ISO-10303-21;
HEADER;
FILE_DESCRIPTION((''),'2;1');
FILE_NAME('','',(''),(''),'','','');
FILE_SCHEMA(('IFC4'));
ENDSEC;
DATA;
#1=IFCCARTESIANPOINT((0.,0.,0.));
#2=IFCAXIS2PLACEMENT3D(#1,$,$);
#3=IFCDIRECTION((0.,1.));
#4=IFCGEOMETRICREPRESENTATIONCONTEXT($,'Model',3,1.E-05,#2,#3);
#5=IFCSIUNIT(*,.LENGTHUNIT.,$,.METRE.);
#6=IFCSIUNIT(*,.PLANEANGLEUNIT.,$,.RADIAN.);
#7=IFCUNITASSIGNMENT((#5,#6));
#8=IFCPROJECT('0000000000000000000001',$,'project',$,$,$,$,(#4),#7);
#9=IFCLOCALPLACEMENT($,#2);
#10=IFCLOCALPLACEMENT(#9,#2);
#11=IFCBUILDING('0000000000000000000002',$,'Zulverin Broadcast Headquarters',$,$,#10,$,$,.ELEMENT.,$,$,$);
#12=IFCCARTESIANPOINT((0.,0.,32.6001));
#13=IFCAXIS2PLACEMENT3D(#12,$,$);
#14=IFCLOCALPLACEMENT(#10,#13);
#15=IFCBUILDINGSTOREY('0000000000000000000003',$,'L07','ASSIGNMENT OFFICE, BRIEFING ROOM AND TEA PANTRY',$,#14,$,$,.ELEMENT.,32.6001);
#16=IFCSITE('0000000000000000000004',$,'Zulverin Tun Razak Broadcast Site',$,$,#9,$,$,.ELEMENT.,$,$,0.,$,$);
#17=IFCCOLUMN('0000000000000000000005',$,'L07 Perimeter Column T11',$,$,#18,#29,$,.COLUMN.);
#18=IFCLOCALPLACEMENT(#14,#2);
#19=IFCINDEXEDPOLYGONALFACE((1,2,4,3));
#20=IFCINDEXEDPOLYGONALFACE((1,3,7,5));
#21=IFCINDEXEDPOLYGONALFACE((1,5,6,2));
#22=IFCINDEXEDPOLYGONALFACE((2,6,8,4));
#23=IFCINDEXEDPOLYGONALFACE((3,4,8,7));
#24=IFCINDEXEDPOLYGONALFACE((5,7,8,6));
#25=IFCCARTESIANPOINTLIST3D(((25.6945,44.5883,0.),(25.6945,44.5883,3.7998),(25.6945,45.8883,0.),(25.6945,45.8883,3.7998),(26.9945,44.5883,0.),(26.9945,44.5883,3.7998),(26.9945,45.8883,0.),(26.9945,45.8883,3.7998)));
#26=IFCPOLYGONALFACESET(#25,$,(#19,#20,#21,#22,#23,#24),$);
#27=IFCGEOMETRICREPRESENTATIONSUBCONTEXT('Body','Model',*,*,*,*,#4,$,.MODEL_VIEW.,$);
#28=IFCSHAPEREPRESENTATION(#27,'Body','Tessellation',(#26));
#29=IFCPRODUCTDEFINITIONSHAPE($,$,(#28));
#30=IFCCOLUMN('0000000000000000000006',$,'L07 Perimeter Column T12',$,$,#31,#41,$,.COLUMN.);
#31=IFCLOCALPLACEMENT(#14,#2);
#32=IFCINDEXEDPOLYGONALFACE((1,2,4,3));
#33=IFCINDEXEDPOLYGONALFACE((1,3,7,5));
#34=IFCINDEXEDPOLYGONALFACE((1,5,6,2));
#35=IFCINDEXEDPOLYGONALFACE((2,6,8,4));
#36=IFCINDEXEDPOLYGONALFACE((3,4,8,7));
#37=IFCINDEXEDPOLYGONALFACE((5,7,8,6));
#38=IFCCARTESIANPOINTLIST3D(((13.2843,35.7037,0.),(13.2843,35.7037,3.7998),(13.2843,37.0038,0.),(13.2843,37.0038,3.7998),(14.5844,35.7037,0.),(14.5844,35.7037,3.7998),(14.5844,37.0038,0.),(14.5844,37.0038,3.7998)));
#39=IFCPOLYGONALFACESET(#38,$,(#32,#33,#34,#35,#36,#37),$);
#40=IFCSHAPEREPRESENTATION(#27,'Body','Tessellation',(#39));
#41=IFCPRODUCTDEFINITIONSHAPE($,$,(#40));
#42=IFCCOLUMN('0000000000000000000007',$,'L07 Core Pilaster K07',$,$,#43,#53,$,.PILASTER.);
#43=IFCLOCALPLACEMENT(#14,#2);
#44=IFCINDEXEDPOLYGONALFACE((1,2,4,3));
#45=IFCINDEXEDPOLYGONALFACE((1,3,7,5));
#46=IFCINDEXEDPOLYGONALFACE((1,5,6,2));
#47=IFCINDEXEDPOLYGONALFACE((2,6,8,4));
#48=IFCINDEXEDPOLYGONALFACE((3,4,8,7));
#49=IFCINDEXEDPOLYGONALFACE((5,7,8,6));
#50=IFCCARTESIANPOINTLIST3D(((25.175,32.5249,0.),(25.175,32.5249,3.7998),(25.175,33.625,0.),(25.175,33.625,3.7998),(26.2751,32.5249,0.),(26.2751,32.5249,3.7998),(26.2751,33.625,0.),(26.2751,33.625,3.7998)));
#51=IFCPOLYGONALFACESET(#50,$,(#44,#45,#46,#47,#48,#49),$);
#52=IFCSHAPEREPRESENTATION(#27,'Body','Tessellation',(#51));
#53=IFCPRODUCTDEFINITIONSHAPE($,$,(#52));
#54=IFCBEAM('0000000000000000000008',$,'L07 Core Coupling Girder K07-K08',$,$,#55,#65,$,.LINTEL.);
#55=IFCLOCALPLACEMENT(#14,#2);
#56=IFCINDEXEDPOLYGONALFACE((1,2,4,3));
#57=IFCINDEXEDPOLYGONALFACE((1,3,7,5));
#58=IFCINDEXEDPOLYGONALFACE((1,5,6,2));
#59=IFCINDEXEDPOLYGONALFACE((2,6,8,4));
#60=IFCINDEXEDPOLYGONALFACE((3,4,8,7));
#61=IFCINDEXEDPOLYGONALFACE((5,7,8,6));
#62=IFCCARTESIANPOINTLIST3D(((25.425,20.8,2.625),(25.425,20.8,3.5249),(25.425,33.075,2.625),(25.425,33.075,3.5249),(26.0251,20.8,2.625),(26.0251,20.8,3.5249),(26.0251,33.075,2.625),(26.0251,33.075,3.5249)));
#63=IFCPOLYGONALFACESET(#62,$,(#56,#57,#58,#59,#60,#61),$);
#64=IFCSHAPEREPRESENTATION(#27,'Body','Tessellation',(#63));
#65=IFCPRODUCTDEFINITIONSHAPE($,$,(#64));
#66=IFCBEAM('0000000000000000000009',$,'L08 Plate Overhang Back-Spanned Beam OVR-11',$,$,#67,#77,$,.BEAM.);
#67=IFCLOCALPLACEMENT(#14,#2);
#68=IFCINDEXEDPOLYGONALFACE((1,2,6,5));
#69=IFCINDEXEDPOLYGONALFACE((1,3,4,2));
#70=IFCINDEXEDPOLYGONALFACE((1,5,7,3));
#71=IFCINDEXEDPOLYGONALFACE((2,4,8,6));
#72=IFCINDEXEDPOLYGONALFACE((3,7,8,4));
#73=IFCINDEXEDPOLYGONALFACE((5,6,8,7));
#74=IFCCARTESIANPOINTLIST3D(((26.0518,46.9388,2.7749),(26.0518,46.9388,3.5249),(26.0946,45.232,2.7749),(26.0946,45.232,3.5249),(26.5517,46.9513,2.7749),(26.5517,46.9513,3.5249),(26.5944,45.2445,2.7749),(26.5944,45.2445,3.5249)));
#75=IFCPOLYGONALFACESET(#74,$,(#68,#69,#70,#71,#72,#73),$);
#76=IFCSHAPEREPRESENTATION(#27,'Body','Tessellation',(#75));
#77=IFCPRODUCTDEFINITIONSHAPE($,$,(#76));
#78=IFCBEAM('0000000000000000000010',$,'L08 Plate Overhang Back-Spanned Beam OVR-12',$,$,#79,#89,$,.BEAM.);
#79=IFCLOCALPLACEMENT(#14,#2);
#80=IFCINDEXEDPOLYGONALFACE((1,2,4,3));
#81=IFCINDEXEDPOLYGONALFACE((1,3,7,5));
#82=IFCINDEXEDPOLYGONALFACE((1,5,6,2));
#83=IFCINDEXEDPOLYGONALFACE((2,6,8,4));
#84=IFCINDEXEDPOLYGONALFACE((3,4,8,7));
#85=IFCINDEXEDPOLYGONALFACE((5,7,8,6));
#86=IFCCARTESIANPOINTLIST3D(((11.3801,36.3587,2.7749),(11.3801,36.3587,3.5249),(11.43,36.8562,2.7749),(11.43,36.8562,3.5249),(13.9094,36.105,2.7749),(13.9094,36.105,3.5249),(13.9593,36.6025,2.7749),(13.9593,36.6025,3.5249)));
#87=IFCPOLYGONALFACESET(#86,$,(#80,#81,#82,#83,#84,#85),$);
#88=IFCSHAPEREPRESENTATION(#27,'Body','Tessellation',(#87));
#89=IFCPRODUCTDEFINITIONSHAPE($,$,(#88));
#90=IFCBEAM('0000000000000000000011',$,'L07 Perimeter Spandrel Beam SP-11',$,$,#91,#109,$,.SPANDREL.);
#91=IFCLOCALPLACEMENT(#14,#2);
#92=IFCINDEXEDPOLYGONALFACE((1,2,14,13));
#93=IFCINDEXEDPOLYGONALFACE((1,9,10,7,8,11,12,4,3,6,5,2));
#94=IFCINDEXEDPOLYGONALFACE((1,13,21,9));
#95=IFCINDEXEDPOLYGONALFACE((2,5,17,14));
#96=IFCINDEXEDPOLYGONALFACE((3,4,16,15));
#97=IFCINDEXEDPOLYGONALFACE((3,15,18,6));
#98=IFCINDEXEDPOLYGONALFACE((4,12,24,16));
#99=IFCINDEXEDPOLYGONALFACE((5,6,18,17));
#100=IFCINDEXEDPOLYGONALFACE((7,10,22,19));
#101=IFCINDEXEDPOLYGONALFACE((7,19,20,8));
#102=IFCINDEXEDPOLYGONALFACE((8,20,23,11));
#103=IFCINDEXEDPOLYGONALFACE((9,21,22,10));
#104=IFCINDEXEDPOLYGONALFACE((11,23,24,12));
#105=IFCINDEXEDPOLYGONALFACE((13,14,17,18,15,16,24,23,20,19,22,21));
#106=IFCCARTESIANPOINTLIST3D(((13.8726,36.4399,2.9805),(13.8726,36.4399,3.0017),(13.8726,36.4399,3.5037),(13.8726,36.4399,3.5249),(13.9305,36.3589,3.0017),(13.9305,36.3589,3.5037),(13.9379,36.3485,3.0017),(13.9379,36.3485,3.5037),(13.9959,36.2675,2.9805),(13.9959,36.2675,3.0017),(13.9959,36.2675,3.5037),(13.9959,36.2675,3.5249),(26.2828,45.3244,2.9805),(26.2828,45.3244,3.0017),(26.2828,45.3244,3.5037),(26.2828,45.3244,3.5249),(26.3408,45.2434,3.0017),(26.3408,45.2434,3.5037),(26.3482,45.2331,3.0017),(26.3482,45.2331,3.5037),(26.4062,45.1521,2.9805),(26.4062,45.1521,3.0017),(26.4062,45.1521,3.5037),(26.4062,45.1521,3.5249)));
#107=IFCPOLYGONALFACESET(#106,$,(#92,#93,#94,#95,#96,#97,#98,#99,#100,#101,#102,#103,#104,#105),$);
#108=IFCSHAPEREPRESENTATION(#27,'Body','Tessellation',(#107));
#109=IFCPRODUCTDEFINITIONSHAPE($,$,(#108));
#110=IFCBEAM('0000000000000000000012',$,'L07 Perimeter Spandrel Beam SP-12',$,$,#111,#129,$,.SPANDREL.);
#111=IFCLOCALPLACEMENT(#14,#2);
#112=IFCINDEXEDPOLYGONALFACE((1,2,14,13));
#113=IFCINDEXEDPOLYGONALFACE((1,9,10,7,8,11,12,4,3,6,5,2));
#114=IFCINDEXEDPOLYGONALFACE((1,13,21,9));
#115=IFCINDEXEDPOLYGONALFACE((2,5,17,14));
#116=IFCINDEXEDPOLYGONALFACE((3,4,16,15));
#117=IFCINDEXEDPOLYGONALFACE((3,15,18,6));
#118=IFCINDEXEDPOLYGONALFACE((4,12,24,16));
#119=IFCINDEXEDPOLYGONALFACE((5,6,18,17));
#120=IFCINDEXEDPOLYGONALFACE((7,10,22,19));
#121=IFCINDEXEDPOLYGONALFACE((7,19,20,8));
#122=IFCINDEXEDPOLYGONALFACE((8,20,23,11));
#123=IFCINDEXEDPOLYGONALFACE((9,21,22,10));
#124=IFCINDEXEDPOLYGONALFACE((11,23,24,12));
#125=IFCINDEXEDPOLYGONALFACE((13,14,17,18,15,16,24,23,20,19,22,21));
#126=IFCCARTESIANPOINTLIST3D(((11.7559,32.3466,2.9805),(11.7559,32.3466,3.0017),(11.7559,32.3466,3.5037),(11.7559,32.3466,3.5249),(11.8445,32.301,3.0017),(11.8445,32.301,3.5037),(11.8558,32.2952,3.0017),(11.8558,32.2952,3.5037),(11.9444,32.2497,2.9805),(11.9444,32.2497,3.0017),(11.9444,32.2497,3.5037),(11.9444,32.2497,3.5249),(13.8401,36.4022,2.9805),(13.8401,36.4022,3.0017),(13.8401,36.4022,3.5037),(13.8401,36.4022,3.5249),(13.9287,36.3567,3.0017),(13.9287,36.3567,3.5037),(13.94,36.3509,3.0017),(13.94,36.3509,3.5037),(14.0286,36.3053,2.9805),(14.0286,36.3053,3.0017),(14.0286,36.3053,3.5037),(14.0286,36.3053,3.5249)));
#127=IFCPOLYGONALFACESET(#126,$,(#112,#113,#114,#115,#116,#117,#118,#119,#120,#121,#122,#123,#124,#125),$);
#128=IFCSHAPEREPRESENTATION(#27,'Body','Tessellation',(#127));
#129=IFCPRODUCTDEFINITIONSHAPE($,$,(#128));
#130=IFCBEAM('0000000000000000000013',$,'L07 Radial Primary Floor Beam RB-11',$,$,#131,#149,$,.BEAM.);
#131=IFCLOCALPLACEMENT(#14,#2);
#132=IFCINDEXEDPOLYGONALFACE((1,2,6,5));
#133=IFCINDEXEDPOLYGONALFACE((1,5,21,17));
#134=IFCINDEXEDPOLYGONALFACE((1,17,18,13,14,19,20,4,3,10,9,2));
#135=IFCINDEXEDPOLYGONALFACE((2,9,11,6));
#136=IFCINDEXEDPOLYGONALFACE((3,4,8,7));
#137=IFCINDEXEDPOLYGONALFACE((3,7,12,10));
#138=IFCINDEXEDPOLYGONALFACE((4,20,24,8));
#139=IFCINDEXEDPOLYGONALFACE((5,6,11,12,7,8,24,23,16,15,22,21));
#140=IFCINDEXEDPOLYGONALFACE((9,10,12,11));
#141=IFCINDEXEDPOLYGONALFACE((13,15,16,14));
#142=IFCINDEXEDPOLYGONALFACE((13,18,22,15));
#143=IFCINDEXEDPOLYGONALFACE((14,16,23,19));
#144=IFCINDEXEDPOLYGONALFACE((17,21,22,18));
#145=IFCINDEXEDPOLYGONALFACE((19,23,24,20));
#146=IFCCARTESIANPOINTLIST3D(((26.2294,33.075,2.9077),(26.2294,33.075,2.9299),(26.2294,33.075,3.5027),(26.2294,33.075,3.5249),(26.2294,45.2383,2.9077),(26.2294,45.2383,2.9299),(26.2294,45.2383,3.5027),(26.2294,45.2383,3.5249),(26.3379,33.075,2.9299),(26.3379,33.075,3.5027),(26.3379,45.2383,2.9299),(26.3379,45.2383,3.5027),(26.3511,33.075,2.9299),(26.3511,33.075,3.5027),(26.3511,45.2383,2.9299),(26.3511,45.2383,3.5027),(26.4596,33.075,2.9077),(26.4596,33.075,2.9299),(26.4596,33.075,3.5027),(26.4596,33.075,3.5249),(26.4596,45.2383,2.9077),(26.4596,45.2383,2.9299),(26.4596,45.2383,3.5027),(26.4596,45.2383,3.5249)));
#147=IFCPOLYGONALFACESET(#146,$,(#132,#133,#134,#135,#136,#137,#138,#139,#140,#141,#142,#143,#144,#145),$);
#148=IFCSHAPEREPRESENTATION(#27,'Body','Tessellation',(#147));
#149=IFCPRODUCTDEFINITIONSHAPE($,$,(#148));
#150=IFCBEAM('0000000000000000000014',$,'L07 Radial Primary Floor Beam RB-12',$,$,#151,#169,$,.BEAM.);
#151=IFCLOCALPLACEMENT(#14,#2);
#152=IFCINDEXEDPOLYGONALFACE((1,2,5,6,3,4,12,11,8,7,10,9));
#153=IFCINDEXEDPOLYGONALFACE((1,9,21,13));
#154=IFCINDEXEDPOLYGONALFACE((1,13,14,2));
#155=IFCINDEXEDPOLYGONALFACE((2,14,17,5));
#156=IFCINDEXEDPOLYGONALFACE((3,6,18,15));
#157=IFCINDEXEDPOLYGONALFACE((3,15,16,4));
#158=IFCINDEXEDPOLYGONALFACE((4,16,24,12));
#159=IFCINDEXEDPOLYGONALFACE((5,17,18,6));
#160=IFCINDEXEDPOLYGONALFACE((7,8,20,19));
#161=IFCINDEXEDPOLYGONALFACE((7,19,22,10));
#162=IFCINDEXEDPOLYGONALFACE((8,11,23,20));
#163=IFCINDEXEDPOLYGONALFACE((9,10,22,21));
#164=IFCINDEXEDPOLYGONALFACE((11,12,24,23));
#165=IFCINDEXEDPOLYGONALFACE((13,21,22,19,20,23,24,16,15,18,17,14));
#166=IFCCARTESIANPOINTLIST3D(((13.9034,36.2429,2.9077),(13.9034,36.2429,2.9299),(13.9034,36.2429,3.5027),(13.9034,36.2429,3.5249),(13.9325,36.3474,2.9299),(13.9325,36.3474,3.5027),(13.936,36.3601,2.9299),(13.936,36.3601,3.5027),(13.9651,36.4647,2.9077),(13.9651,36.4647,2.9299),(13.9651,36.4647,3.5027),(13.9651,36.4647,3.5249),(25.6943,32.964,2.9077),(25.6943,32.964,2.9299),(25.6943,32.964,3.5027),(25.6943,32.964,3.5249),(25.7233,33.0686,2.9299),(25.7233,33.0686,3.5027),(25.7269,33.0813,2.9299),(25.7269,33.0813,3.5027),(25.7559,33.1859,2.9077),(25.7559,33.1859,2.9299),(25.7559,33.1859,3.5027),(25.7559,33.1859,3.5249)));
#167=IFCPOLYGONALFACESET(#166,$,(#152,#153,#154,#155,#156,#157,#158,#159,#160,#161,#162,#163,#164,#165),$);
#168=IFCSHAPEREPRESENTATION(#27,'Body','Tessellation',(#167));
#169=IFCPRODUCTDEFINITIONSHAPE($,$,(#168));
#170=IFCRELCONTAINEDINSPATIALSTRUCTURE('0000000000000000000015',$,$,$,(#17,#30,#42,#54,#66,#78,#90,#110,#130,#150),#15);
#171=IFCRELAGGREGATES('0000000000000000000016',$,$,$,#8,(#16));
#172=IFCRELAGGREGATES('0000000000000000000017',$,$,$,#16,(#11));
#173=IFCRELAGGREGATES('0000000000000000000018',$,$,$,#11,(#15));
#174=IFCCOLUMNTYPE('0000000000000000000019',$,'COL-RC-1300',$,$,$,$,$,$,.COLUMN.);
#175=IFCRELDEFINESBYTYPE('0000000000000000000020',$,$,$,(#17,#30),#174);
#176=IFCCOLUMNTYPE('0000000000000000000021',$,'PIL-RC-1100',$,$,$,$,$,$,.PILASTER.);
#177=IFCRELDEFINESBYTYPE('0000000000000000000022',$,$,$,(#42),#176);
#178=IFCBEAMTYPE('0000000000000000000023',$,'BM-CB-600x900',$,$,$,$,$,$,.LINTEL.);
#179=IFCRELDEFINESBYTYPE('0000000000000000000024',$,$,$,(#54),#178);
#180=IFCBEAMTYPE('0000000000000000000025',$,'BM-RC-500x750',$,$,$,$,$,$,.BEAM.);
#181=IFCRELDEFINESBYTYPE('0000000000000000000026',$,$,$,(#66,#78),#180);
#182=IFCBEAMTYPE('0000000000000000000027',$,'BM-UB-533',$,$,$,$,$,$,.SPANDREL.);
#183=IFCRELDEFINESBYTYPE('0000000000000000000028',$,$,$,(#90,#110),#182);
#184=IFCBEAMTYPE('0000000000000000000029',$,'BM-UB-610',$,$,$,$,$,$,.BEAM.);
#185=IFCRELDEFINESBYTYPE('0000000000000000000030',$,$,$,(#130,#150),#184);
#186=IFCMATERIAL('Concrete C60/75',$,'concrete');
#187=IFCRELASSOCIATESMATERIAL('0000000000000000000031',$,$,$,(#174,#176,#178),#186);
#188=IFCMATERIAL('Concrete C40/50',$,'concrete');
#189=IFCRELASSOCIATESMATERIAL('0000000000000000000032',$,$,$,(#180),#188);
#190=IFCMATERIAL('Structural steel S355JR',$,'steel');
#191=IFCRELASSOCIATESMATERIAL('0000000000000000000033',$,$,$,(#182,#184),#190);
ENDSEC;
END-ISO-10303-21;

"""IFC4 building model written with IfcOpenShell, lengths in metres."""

from ifc_helpers import new_model, si_unit, direction, frame, origin, origin_2d, place, context, subcontext, project, spatial, rectangle, i_section, extrude, material, material_profile, profile_set, type_object, element, save


model = new_model("IFC4")

# Units and contexts
model_context = context("Model", 3, precision=1e-05, world=origin(), true_north=direction((0.0, 1.0)))
body_context = subcontext(model_context, "Body", "Model", "MODEL_VIEW")
ifc_project = project(units=[si_unit("LENGTHUNIT", "METRE"), si_unit("PLANEANGLEUNIT", "RADIAN")], contexts=[model_context])

# Site, building, storey
site_placement = place(None, origin())
site = spatial("IfcSite", under=ifc_project, at=site_placement, Name="Zulverin Tun Razak Broadcast Site", CompositionType="ELEMENT", RefElevation=0.0)
building_placement = place(site_placement, origin())
building = spatial("IfcBuilding", under=site, at=building_placement, Name="Zulverin Broadcast Headquarters", CompositionType="ELEMENT")
storey_placement = place(building_placement, frame((0.0, 0.0, 32.6001)))
storey = spatial("IfcBuildingStorey", under=building, at=storey_placement, Name="L07", Description="ASSIGNMENT OFFICE, BRIEFING ROOM AND TEA PANTRY", CompositionType="ELEMENT", Elevation=32.6001)

# Columns
ifc_material_1 = material(Name="Concrete C60/75", Category="concrete")
ifc_material_profile_1 = material_profile(ifc_material_1, rectangle(XDim=1.3, YDim=1.3, at=origin_2d()), Name="Concrete C60/75", Category="concrete")
ifc_profile_set_1 = profile_set([ifc_material_profile_1], Name="Concrete C60/75")
column_type_1 = type_object("IfcColumnType", Name="COL-RC-1300", PredefinedType="COLUMN", material=ifc_profile_set_1)
for number, where, z_axis, x_axis, name in (
    (1, (26.3445, 45.2383, 0.0), (0.0, 0.0, 1.0), (1.0, 0.0, 0.0), "L07 Perimeter Column T11"),
    (2, (13.9343, 36.3538, 0.0), (0.0, 0.0, 1.0), (1.0, 0.0, 0.0), "L07 Perimeter Column T12"),
):
    element("IfcColumn", number, at=place(storey_placement, frame(where, z_axis=z_axis, x_axis=x_axis)), inside=storey, type_object=column_type_1, Name=name, PredefinedType="COLUMN", context=body_context, shape_type="SweptSolid", body=[
        extrude(rectangle(XDim=1.3, YDim=1.3, at=origin_2d()), origin(), (0.0, 0.0, 1.0), 3.7998),
    ])
ifc_material_profile_2 = material_profile(ifc_material_1, rectangle(XDim=1.1001, YDim=1.1001, at=origin_2d()), Name="Concrete C60/75", Category="concrete")
ifc_profile_set_2 = profile_set([ifc_material_profile_2], Name="Concrete C60/75")
column_type_2 = type_object("IfcColumnType", Name="PIL-RC-1100", PredefinedType="PILASTER", material=ifc_profile_set_2)
column_placement = place(storey_placement, frame((25.7251, 33.075, 0.0), z_axis=(0.0, 0.0, 1.0), x_axis=(1.0, 0.0, 0.0)))
element("IfcColumn", 3, at=column_placement, inside=storey, type_object=column_type_2, Name="L07 Core Pilaster K07", PredefinedType="PILASTER", context=body_context, shape_type="SweptSolid", body=[
    extrude(rectangle(XDim=1.1001, YDim=1.1001, at=origin_2d()), origin(), (0.0, 0.0, 1.0), 3.7998),
])

# Beams
ifc_material_profile_3 = material_profile(ifc_material_1, rectangle(XDim=0.6001, YDim=0.8999, at=origin_2d()), Name="Concrete C60/75", Category="concrete")
ifc_profile_set_3 = profile_set([ifc_material_profile_3], Name="Concrete C60/75")
beam_type_1 = type_object("IfcBeamType", Name="BM-CB-600x900", PredefinedType="LINTEL", material=ifc_profile_set_3)
beam_1_placement = place(storey_placement, frame((25.7251, 33.075, 3.075), z_axis=(0.0, -1.0, 0.0), x_axis=(1.0, 0.0, 0.0)))
element("IfcBeam", 4, at=beam_1_placement, inside=storey, type_object=beam_type_1, Name="L07 Core Coupling Girder K07-K08", PredefinedType="LINTEL", context=body_context, shape_type="SweptSolid", body=[
    extrude(rectangle(XDim=0.6001, YDim=0.8999, at=origin_2d()), origin(), (0.0, 0.0, 1.0), 12.2749),
])
ifc_material_2 = material(Name="Concrete C40/50", Category="concrete")
ifc_material_profile_4 = material_profile(ifc_material_2, rectangle(XDim=0.5, YDim=0.75, at=origin_2d()), Name="Concrete C40/50", Category="concrete")
ifc_profile_set_4 = profile_set([ifc_material_profile_4], Name="Concrete C40/50")
beam_type_2 = type_object("IfcBeamType", Name="BM-RC-500x750", PredefinedType="BEAM", material=ifc_profile_set_4)
beam_2_placement = place(storey_placement, frame((26.3445, 45.2383, 3.1499), z_axis=(-0.025024, 0.999687, 0.0), x_axis=(-0.999687, -0.025024, 0.0)))
element("IfcBeam", 5, at=beam_2_placement, inside=storey, type_object=beam_type_2, Name="L08 Plate Overhang Back-Spanned Beam OVR-11", PredefinedType="BEAM", context=body_context, shape_type="SweptSolid", body=[
    extrude(rectangle(XDim=0.5, YDim=0.75, at=origin_2d()), origin(), (0.0, 0.0, 1.0), 1.7073),
])
beam_3_placement = place(storey_placement, frame((13.9343, 36.3538, 3.1499), z_axis=(-0.995009, 0.099789, 0.0), x_axis=(-0.099789, -0.995009, 0.0)))
element("IfcBeam", 6, at=beam_3_placement, inside=storey, type_object=beam_type_2, Name="L08 Plate Overhang Back-Spanned Beam OVR-12", PredefinedType="BEAM", context=body_context, shape_type="SweptSolid", body=[
    extrude(rectangle(XDim=0.5, YDim=0.75, at=origin_2d()), origin(), (0.0, 0.0, 1.0), 2.542),
])
ifc_material_3 = material(Name="Structural steel S355JR", Category="steel")
ifc_material_profile_5 = material_profile(ifc_material_3, i_section(OverallWidth=0.2119, OverallDepth=0.5444, WebThickness=0.0127, FlangeThickness=0.0212, at=origin_2d()), Name="Structural steel S355JR", Category="steel")
ifc_profile_set_5 = profile_set([ifc_material_profile_5], Name="Structural steel S355JR")
beam_type_3 = type_object("IfcBeamType", Name="BM-UB-533", PredefinedType="SPANDREL", material=ifc_profile_set_5)
beam_4_placement = place(storey_placement, frame((26.3445, 45.2383, 3.2527), z_axis=(-0.813109, -0.582111, 0.0), x_axis=(0.582111, -0.813109, 0.0)))
element("IfcBeam", 7, at=beam_4_placement, inside=storey, type_object=beam_type_3, Name="L07 Perimeter Spandrel Beam SP-11", PredefinedType="SPANDREL", context=body_context, shape_type="SweptSolid", body=[
    extrude(i_section(OverallWidth=0.2119, OverallDepth=0.5444, WebThickness=0.0127, FlangeThickness=0.0212, at=origin_2d()), origin(), (0.0, 0.0, 1.0), 15.2627),
])
beam_5_placement = place(storey_placement, frame((13.9343, 36.3538, 3.2527), z_axis=(-0.457081, -0.889425, 0.0), x_axis=(0.889425, -0.457081, 0.0)))
element("IfcBeam", 8, at=beam_5_placement, inside=storey, type_object=beam_type_3, Name="L07 Perimeter Spandrel Beam SP-12", PredefinedType="SPANDREL", context=body_context, shape_type="SweptSolid", body=[
    extrude(i_section(OverallWidth=0.2119, OverallDepth=0.5444, WebThickness=0.0127, FlangeThickness=0.0212, at=origin_2d()), origin(), (0.0, 0.0, 1.0), 4.5598),
])
ifc_material_profile_6 = material_profile(ifc_material_3, i_section(OverallWidth=0.2302, OverallDepth=0.6172, WebThickness=0.0132, FlangeThickness=0.0222, at=origin_2d()), Name="Structural steel S355JR", Category="steel")
ifc_profile_set_6 = profile_set([ifc_material_profile_6], Name="Structural steel S355JR")
beam_type_4 = type_object("IfcBeamType", Name="BM-UB-610", PredefinedType="BEAM", material=ifc_profile_set_6)
beam_6_placement = place(storey_placement, frame((26.3445, 33.075, 3.2163), z_axis=(0.0, 1.0, 0.0), x_axis=(-1.0, 0.0, 0.0)))
element("IfcBeam", 9, at=beam_6_placement, inside=storey, type_object=beam_type_4, Name="L07 Radial Primary Floor Beam RB-11", PredefinedType="BEAM", context=body_context, shape_type="SweptSolid", body=[
    extrude(i_section(OverallWidth=0.2302, OverallDepth=0.6172, WebThickness=0.0132, FlangeThickness=0.0222, at=origin_2d()), origin(), (0.0, 0.0, 1.0), 12.1633),
])
beam_7_placement = place(storey_placement, frame((25.7251, 33.075, 3.2163), z_axis=(-0.963442, 0.267917, 0.0), x_axis=(-0.267917, -0.963442, 0.0)))
element("IfcBeam", 10, at=beam_7_placement, inside=storey, type_object=beam_type_4, Name="L07 Radial Primary Floor Beam RB-12", PredefinedType="BEAM", context=body_context, shape_type="SweptSolid", body=[
    extrude(i_section(OverallWidth=0.2302, OverallDepth=0.6172, WebThickness=0.0132, FlangeThickness=0.0222, at=origin_2d()), origin(), (0.0, 0.0, 1.0), 12.2383),
])

save(model, "model.ifc")
